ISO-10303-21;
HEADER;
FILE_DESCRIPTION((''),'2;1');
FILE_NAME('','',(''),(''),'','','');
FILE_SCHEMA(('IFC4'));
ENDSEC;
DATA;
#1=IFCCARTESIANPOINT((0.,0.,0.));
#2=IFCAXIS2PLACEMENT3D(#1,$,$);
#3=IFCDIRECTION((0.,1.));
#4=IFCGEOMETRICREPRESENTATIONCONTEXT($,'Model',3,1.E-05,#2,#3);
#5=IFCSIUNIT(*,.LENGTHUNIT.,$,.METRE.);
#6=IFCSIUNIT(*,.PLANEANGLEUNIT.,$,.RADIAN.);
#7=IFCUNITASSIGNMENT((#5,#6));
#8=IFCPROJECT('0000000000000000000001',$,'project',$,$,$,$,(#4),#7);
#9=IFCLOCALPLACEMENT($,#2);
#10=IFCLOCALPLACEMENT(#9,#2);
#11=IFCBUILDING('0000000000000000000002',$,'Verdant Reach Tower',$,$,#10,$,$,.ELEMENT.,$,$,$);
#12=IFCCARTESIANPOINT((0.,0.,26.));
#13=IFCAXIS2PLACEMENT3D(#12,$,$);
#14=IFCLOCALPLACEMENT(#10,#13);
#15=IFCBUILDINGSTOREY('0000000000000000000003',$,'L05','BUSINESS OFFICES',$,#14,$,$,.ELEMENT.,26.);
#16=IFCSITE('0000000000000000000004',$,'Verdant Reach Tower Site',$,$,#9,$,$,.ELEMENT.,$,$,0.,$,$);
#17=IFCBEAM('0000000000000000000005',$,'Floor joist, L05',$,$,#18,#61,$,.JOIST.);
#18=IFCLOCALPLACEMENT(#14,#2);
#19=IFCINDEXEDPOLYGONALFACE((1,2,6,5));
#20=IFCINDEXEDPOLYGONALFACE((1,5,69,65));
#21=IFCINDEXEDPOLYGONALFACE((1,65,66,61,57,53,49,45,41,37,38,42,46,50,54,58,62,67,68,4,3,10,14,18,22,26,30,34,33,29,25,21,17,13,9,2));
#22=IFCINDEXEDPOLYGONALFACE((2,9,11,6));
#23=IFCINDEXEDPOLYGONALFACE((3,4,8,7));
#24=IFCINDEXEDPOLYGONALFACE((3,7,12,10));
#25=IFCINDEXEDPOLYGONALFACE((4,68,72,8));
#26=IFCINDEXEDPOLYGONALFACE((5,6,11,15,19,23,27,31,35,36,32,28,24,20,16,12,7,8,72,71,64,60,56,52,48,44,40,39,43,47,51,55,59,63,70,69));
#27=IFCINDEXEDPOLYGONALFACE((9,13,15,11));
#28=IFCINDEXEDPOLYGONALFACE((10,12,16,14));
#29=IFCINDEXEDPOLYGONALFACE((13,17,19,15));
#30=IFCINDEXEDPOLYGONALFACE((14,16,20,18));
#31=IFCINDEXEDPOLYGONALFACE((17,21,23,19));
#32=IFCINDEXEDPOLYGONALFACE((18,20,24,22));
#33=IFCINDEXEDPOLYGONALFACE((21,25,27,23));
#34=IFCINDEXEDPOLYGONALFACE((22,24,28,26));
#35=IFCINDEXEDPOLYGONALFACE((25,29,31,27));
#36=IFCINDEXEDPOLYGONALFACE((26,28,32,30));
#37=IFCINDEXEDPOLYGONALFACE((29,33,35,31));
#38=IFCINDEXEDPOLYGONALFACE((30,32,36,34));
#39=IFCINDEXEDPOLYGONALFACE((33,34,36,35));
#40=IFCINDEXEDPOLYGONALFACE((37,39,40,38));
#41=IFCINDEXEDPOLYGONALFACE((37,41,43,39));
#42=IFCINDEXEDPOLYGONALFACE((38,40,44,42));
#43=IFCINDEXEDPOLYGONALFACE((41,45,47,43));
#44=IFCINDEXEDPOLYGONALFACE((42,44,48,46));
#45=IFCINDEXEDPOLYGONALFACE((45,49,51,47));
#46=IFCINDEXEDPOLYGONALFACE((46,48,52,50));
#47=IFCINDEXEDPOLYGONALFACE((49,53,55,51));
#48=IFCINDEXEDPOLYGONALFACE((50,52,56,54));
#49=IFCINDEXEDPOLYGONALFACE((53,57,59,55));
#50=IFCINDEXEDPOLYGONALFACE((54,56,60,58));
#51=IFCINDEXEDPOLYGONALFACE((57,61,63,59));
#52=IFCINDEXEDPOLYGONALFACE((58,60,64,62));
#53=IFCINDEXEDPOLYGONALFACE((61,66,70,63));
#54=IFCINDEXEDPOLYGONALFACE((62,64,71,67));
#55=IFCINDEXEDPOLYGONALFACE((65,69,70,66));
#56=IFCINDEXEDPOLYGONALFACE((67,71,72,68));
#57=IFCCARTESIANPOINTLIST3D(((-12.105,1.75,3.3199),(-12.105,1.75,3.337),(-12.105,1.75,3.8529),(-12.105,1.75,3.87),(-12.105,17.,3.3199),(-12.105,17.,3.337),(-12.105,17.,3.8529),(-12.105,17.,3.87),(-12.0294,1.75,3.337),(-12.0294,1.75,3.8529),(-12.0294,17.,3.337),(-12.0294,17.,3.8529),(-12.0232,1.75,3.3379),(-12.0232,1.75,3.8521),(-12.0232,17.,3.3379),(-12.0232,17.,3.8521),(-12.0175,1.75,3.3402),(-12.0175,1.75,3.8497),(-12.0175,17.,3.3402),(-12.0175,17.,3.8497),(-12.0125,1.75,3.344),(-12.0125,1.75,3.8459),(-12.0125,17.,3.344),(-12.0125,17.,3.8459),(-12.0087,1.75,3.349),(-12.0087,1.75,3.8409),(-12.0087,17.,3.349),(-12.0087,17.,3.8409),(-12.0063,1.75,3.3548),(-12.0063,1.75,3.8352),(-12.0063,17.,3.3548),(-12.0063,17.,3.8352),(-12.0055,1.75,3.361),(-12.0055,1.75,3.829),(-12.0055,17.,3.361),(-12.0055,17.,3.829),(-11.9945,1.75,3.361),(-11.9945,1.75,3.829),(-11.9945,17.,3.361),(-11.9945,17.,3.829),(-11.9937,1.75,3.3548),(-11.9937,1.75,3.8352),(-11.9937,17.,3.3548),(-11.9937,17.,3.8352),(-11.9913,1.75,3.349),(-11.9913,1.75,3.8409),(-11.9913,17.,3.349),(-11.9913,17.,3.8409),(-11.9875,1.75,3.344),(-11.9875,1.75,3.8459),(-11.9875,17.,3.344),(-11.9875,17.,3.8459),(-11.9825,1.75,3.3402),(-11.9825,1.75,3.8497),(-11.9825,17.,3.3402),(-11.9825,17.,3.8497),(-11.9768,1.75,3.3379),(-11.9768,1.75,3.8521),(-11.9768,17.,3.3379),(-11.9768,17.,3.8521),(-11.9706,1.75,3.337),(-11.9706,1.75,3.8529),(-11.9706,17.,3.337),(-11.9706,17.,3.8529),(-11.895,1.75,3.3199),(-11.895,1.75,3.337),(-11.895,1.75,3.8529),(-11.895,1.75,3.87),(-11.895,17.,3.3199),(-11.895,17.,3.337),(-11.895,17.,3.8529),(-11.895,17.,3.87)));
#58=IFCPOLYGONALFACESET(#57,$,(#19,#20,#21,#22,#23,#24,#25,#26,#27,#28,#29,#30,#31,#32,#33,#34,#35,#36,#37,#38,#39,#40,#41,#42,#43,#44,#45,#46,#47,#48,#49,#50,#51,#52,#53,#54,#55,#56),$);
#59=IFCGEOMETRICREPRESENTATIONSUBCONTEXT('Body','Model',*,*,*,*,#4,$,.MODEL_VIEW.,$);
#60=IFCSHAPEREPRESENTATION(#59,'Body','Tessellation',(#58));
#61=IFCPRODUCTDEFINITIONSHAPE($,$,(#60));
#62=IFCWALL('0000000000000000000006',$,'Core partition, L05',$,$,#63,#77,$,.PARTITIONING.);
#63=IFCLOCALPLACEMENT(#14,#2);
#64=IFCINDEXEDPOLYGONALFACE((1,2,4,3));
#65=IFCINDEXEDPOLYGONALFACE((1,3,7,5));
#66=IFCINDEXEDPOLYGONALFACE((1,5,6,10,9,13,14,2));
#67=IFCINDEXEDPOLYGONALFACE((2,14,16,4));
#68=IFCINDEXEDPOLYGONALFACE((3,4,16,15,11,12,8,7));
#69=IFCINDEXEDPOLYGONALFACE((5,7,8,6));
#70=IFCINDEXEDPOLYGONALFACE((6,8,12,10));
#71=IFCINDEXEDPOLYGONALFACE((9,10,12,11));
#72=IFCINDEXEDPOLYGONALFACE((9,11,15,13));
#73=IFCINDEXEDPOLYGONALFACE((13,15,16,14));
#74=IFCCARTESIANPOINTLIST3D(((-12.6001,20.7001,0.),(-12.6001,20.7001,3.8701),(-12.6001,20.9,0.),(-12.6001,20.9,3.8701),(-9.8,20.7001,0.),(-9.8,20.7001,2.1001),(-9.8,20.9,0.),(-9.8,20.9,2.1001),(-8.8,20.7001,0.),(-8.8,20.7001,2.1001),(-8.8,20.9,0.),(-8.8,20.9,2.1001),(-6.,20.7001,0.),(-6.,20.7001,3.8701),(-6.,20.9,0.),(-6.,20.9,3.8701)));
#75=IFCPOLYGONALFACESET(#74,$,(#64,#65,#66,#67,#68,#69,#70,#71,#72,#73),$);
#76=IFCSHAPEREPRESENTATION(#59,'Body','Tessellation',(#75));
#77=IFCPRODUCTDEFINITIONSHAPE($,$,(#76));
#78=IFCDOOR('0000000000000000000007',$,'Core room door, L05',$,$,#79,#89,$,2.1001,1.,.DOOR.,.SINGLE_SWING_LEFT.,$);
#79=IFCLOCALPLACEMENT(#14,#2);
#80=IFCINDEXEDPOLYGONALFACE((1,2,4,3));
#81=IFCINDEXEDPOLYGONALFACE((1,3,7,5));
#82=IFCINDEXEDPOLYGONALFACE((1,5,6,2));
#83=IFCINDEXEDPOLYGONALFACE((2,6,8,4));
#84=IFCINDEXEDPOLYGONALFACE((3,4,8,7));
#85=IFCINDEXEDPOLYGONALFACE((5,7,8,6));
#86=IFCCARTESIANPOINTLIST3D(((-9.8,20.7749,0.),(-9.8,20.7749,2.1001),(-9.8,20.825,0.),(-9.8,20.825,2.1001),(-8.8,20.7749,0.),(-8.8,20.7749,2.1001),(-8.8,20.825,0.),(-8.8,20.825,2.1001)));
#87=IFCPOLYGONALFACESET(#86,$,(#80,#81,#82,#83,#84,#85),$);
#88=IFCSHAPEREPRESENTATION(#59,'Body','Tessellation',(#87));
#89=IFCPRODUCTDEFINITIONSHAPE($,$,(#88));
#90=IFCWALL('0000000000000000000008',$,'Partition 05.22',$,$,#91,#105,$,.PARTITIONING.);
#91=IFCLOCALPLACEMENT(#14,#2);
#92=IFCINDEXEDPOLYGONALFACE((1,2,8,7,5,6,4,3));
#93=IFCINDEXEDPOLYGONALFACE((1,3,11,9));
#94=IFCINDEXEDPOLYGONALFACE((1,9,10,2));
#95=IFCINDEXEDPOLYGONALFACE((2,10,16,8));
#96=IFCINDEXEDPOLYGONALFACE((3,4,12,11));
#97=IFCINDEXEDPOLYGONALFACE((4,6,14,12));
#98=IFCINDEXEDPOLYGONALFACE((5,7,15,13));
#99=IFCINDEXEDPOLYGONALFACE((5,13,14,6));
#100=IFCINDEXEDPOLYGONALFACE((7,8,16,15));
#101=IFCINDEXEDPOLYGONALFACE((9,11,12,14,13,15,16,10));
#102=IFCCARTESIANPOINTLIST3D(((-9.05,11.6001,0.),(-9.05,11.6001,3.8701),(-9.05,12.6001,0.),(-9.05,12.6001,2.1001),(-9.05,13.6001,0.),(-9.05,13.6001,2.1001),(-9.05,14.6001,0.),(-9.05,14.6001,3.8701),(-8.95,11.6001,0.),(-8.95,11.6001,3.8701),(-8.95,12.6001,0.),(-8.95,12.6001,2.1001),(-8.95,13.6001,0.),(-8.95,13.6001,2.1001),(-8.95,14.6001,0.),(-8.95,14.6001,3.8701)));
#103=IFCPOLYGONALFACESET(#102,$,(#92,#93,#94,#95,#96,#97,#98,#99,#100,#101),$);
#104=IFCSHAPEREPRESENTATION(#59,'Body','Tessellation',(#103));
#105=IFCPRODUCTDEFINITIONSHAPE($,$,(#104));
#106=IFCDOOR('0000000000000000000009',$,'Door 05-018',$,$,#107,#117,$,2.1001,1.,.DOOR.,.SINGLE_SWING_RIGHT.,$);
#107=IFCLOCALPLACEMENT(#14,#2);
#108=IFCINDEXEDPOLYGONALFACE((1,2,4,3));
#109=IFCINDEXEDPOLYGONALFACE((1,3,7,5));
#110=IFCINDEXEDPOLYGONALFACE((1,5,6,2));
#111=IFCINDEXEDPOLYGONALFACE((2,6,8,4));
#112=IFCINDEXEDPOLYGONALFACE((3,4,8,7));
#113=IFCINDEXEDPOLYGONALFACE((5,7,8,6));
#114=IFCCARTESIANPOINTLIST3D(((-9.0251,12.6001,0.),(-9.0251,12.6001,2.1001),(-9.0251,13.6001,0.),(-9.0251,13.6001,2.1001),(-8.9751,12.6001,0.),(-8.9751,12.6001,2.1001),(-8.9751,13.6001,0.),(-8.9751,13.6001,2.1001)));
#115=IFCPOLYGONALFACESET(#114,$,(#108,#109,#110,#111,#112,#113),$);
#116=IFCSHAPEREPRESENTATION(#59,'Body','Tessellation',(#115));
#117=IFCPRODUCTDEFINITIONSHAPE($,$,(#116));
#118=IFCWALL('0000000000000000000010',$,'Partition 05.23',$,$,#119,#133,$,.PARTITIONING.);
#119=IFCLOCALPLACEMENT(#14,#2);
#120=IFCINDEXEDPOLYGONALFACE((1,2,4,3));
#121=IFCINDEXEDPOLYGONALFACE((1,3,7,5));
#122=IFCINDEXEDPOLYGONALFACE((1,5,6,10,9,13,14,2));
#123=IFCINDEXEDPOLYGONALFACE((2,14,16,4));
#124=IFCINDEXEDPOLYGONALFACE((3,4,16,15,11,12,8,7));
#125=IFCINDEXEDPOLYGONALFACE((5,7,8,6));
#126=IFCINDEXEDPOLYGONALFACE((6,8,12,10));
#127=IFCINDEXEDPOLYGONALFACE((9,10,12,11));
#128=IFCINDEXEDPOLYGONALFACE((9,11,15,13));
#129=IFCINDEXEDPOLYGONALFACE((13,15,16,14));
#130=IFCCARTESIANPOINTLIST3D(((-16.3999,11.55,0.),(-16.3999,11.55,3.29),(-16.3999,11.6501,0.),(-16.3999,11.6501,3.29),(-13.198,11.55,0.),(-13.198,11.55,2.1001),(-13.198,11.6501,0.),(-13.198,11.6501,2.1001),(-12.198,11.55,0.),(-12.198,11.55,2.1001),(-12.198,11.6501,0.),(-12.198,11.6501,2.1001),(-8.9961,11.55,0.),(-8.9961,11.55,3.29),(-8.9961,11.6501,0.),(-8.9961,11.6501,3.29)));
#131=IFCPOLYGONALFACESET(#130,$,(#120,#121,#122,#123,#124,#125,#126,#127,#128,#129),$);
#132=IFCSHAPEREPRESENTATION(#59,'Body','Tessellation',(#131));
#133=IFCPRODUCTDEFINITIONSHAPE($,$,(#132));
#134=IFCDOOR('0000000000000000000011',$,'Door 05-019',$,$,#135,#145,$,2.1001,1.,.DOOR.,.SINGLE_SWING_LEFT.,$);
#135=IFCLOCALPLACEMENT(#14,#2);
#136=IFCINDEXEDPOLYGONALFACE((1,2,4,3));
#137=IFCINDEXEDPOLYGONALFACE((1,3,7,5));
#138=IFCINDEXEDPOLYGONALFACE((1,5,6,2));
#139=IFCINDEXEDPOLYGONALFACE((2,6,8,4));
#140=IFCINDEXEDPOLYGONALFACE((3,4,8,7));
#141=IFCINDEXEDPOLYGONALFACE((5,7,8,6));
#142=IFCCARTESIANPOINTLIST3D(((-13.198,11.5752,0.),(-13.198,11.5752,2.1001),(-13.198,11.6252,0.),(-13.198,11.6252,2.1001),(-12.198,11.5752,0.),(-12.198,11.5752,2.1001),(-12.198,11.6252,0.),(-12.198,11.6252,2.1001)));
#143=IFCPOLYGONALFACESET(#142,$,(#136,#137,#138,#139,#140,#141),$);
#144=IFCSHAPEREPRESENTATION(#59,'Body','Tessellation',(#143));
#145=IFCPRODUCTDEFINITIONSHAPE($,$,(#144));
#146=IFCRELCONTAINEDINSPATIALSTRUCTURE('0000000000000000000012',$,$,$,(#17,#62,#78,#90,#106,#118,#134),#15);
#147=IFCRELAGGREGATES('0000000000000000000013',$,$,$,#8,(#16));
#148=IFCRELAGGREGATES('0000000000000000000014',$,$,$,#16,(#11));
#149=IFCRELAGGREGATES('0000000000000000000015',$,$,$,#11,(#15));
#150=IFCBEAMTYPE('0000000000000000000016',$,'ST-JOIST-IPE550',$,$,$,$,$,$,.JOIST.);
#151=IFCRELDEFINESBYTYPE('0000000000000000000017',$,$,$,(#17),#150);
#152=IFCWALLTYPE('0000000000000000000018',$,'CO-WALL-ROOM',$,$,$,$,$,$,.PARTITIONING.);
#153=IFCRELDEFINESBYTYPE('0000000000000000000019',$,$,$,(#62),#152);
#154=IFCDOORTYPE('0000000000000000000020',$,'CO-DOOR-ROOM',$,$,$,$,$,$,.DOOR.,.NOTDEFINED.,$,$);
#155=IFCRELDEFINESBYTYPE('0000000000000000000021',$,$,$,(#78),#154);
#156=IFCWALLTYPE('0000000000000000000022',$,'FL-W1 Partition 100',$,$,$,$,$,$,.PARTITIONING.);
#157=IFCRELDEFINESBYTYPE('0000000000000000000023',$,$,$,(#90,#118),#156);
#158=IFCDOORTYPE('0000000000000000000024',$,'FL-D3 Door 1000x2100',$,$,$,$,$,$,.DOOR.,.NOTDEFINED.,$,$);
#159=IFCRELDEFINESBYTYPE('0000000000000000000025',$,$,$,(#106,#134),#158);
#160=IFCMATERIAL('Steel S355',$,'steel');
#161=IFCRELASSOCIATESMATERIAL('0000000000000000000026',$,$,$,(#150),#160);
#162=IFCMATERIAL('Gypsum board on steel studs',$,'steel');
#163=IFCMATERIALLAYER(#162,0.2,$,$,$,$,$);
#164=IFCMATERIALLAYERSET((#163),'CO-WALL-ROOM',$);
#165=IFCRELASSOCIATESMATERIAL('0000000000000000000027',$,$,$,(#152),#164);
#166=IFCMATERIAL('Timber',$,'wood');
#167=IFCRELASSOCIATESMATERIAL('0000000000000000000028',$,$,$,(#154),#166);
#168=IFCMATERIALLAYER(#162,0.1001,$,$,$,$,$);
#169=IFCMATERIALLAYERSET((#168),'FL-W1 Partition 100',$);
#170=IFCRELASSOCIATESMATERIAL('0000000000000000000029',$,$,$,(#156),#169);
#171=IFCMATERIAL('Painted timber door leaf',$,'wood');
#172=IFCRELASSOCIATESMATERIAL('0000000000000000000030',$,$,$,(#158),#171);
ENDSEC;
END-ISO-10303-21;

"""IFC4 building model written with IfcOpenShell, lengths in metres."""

from ifc_helpers import new_model, si_unit, direction, frame, frame_2d, origin, origin_2d, place, context, subcontext, project, spatial, rectangle, i_section, extrude, material, layer, layer_set, material_profile, profile_set, type_object, element, fill, save


model = new_model("IFC4")

# Units and contexts
model_context = context("Model", 3, precision=1e-05, world=origin(), true_north=direction((0.0, 1.0)))
body_context = subcontext(model_context, "Body", "Model", "MODEL_VIEW")
ifc_project = project(units=[si_unit("LENGTHUNIT", "METRE"), si_unit("PLANEANGLEUNIT", "RADIAN")], contexts=[model_context])

# Site, building, storey
site_placement = place(None, origin())
site = spatial("IfcSite", under=ifc_project, at=site_placement, Name="Verdant Reach Tower Site", CompositionType="ELEMENT", RefElevation=0.0)
building_placement = place(site_placement, origin())
building = spatial("IfcBuilding", under=site, at=building_placement, Name="Verdant Reach Tower", CompositionType="ELEMENT")
storey_placement = place(building_placement, frame((0.0, 0.0, 26.0)))
storey = spatial("IfcBuildingStorey", under=building, at=storey_placement, Name="L05", Description="BUSINESS OFFICES", CompositionType="ELEMENT", Elevation=26.0)

# Beam
ifc_material_1 = material(Name="Steel S355", Category="steel")
ifc_material_profile_1 = material_profile(ifc_material_1, i_section(OverallWidth=0.21, OverallDepth=0.55, WebThickness=0.011, FlangeThickness=0.0171, FilletRadius=0.0239, at=origin_2d()), Name="IPE 550")
ifc_profile_set_1 = profile_set([ifc_material_profile_1], Name="Steel S355")
beam_type_1 = type_object("IfcBeamType", Name="ST-JOIST-IPE550", PredefinedType="JOIST", material=ifc_profile_set_1)
beam_1_placement = place(storey_placement, frame((-12.0, 17.0, 3.595), z_axis=(0.0, -1.0, 0.0), x_axis=(1.0, 0.0, 0.0)))
element("IfcBeam", 1, at=beam_1_placement, inside=storey, type_object=beam_type_1, Name="Floor joist, L05", PredefinedType="JOIST", context=body_context, shape_type="SweptSolid", body=[
    extrude(i_section(OverallWidth=0.21, OverallDepth=0.55, WebThickness=0.011, FlangeThickness=0.0171, FilletRadius=0.0239, at=origin_2d()), origin(), (0.0, 0.0, 1.0), 15.25),
])

# Walls, openings, doors
ifc_material_2 = material(Name="Gypsum board on steel studs", Category="steel")
ifc_layer_1 = layer(ifc_material_2, 0.2)
ifc_layer_set_1 = layer_set([ifc_layer_1], Name="CO-WALL-ROOM")
wall_type_1 = type_object("IfcWallType", Name="CO-WALL-ROOM", PredefinedType="PARTITIONING", material=ifc_layer_set_1)
wall_1_placement = place(storey_placement, frame((-12.6001, 20.8, 0.0), z_axis=(0.0, 0.0, 1.0), x_axis=(1.0, 0.0, 0.0)))
wall_1 = element("IfcWall", 2, at=wall_1_placement, inside=storey, type_object=wall_type_1, Name="Core partition, L05", PredefinedType="PARTITIONING", context=body_context, shape_type="SweptSolid", body=[
    extrude(rectangle(XDim=6.6001, YDim=0.2, at=frame_2d((3.3, 0.0))), origin(), (0.0, 0.0, 1.0), 3.8701),
])
opening_1_placement = place(wall_1_placement, frame((2.8, 0.0, 0.0)))
opening_1 = element("IfcOpeningElement", 3, at=opening_1_placement, cuts=wall_1, PredefinedType="OPENING", context=body_context, shape_type="SweptSolid", body=[
    extrude(rectangle(XDim=1.0, YDim=2.1001, at=frame_2d((0.5, 1.05))), frame((0.0, 0.1099, 0.0), z_axis=(0.0, -1.0, 0.0), x_axis=(1.0, 0.0, 0.0)), (0.0, 0.0, 1.0), 0.22),
])
ifc_material_3 = material(Name="Timber", Category="wood")
door_type_1 = type_object("IfcDoorType", Name="CO-DOOR-ROOM", OperationType="NOTDEFINED", PredefinedType="DOOR", material=ifc_material_3)
door_1_placement = place(opening_1_placement, origin())
door_1 = element("IfcDoor", 4, at=door_1_placement, inside=storey, type_object=door_type_1, Name="Core room door, L05", OperationType="SINGLE_SWING_LEFT", OverallHeight=2.1001, OverallWidth=1.0, PredefinedType="DOOR", context=body_context, shape_type="SweptSolid", body=[
    extrude(rectangle(XDim=1.0, YDim=2.1001, at=frame_2d((0.5, 1.05))), frame((0.0, 0.0249, 0.0), z_axis=(0.0, -1.0, 0.0), x_axis=(1.0, 0.0, 0.0)), (0.0, 0.0, 1.0), 0.05),
])
fill(opening_1, door_1)
ifc_layer_2 = layer(ifc_material_2, 0.1001)
ifc_layer_set_2 = layer_set([ifc_layer_2], Name="FL-W1 Partition 100")
wall_type_2 = type_object("IfcWallType", Name="FL-W1 Partition 100", PredefinedType="PARTITIONING", material=ifc_layer_set_2)
wall_2_placement = place(storey_placement, frame((-9.0, 14.6001, 0.0), z_axis=(0.0, 0.0, 1.0), x_axis=(0.0, -1.0, 0.0)))
wall_2 = element("IfcWall", 5, at=wall_2_placement, inside=storey, type_object=wall_type_2, Name="Partition 05.22", PredefinedType="PARTITIONING", context=body_context, shape_type="SweptSolid", body=[
    extrude(rectangle(XDim=3.0, YDim=0.1001, at=frame_2d((1.5, 0.0))), origin(), (0.0, 0.0, 1.0), 3.8701),
])
opening_2_placement = place(wall_2_placement, frame((1.0, 0.0, 0.0)))
opening_2 = element("IfcOpeningElement", 6, at=opening_2_placement, cuts=wall_2, PredefinedType="OPENING", context=body_context, shape_type="SweptSolid", body=[
    extrude(rectangle(XDim=1.0, YDim=2.1001, at=frame_2d((0.5, 1.05))), frame((0.0, 0.0601, 0.0), z_axis=(0.0, -1.0, 0.0), x_axis=(1.0, 0.0, 0.0)), (0.0, 0.0, 1.0), 0.1201),
])
ifc_material_4 = material(Name="Painted timber door leaf", Category="wood")
door_type_2 = type_object("IfcDoorType", Name="FL-D3 Door 1000x2100", OperationType="NOTDEFINED", PredefinedType="DOOR", material=ifc_material_4)
door_2_placement = place(opening_2_placement, origin())
door_2 = element("IfcDoor", 7, at=door_2_placement, inside=storey, type_object=door_type_2, Name="Door 05-018", OperationType="SINGLE_SWING_RIGHT", OverallHeight=2.1001, OverallWidth=1.0, PredefinedType="DOOR", context=body_context, shape_type="SweptSolid", body=[
    extrude(rectangle(XDim=1.0, YDim=2.1001, at=frame_2d((0.5, 1.05))), frame((0.0, 0.0249, 0.0), z_axis=(0.0, -1.0, 0.0), x_axis=(1.0, 0.0, 0.0)), (0.0, 0.0, 1.0), 0.05),
])
fill(opening_2, door_2)
wall_3_placement = place(storey_placement, frame((-8.9961, 11.6001, 0.0), z_axis=(0.0, 0.0, 1.0), x_axis=(-1.0, 0.0, 0.0)))
wall_3 = element("IfcWall", 8, at=wall_3_placement, inside=storey, type_object=wall_type_2, Name="Partition 05.23", PredefinedType="PARTITIONING", context=body_context, shape_type="SweptSolid", body=[
    extrude(rectangle(XDim=7.4038, YDim=0.1001, at=frame_2d((3.7019, 0.0))), origin(), (0.0, 0.0, 1.0), 3.29),
])
opening_3_placement = place(wall_3_placement, frame((3.2019, 0.0, 0.0)))
opening_3 = element("IfcOpeningElement", 9, at=opening_3_placement, cuts=wall_3, PredefinedType="OPENING", context=body_context, shape_type="SweptSolid", body=[
    extrude(rectangle(XDim=1.0, YDim=2.1001, at=frame_2d((0.5, 1.05))), frame((0.0, 0.0601, 0.0), z_axis=(0.0, -1.0, 0.0), x_axis=(1.0, 0.0, 0.0)), (0.0, 0.0, 1.0), 0.1201),
])
door_3_placement = place(opening_3_placement, origin())
door_3 = element("IfcDoor", 10, at=door_3_placement, inside=storey, type_object=door_type_2, Name="Door 05-019", OperationType="SINGLE_SWING_LEFT", OverallHeight=2.1001, OverallWidth=1.0, PredefinedType="DOOR", context=body_context, shape_type="SweptSolid", body=[
    extrude(rectangle(XDim=1.0, YDim=2.1001, at=frame_2d((0.5, 1.05))), frame((0.0, 0.0249, 0.0), z_axis=(0.0, -1.0, 0.0), x_axis=(1.0, 0.0, 0.0)), (0.0, 0.0, 1.0), 0.05),
])
fill(opening_3, door_3)

save(model, "model.ifc")
